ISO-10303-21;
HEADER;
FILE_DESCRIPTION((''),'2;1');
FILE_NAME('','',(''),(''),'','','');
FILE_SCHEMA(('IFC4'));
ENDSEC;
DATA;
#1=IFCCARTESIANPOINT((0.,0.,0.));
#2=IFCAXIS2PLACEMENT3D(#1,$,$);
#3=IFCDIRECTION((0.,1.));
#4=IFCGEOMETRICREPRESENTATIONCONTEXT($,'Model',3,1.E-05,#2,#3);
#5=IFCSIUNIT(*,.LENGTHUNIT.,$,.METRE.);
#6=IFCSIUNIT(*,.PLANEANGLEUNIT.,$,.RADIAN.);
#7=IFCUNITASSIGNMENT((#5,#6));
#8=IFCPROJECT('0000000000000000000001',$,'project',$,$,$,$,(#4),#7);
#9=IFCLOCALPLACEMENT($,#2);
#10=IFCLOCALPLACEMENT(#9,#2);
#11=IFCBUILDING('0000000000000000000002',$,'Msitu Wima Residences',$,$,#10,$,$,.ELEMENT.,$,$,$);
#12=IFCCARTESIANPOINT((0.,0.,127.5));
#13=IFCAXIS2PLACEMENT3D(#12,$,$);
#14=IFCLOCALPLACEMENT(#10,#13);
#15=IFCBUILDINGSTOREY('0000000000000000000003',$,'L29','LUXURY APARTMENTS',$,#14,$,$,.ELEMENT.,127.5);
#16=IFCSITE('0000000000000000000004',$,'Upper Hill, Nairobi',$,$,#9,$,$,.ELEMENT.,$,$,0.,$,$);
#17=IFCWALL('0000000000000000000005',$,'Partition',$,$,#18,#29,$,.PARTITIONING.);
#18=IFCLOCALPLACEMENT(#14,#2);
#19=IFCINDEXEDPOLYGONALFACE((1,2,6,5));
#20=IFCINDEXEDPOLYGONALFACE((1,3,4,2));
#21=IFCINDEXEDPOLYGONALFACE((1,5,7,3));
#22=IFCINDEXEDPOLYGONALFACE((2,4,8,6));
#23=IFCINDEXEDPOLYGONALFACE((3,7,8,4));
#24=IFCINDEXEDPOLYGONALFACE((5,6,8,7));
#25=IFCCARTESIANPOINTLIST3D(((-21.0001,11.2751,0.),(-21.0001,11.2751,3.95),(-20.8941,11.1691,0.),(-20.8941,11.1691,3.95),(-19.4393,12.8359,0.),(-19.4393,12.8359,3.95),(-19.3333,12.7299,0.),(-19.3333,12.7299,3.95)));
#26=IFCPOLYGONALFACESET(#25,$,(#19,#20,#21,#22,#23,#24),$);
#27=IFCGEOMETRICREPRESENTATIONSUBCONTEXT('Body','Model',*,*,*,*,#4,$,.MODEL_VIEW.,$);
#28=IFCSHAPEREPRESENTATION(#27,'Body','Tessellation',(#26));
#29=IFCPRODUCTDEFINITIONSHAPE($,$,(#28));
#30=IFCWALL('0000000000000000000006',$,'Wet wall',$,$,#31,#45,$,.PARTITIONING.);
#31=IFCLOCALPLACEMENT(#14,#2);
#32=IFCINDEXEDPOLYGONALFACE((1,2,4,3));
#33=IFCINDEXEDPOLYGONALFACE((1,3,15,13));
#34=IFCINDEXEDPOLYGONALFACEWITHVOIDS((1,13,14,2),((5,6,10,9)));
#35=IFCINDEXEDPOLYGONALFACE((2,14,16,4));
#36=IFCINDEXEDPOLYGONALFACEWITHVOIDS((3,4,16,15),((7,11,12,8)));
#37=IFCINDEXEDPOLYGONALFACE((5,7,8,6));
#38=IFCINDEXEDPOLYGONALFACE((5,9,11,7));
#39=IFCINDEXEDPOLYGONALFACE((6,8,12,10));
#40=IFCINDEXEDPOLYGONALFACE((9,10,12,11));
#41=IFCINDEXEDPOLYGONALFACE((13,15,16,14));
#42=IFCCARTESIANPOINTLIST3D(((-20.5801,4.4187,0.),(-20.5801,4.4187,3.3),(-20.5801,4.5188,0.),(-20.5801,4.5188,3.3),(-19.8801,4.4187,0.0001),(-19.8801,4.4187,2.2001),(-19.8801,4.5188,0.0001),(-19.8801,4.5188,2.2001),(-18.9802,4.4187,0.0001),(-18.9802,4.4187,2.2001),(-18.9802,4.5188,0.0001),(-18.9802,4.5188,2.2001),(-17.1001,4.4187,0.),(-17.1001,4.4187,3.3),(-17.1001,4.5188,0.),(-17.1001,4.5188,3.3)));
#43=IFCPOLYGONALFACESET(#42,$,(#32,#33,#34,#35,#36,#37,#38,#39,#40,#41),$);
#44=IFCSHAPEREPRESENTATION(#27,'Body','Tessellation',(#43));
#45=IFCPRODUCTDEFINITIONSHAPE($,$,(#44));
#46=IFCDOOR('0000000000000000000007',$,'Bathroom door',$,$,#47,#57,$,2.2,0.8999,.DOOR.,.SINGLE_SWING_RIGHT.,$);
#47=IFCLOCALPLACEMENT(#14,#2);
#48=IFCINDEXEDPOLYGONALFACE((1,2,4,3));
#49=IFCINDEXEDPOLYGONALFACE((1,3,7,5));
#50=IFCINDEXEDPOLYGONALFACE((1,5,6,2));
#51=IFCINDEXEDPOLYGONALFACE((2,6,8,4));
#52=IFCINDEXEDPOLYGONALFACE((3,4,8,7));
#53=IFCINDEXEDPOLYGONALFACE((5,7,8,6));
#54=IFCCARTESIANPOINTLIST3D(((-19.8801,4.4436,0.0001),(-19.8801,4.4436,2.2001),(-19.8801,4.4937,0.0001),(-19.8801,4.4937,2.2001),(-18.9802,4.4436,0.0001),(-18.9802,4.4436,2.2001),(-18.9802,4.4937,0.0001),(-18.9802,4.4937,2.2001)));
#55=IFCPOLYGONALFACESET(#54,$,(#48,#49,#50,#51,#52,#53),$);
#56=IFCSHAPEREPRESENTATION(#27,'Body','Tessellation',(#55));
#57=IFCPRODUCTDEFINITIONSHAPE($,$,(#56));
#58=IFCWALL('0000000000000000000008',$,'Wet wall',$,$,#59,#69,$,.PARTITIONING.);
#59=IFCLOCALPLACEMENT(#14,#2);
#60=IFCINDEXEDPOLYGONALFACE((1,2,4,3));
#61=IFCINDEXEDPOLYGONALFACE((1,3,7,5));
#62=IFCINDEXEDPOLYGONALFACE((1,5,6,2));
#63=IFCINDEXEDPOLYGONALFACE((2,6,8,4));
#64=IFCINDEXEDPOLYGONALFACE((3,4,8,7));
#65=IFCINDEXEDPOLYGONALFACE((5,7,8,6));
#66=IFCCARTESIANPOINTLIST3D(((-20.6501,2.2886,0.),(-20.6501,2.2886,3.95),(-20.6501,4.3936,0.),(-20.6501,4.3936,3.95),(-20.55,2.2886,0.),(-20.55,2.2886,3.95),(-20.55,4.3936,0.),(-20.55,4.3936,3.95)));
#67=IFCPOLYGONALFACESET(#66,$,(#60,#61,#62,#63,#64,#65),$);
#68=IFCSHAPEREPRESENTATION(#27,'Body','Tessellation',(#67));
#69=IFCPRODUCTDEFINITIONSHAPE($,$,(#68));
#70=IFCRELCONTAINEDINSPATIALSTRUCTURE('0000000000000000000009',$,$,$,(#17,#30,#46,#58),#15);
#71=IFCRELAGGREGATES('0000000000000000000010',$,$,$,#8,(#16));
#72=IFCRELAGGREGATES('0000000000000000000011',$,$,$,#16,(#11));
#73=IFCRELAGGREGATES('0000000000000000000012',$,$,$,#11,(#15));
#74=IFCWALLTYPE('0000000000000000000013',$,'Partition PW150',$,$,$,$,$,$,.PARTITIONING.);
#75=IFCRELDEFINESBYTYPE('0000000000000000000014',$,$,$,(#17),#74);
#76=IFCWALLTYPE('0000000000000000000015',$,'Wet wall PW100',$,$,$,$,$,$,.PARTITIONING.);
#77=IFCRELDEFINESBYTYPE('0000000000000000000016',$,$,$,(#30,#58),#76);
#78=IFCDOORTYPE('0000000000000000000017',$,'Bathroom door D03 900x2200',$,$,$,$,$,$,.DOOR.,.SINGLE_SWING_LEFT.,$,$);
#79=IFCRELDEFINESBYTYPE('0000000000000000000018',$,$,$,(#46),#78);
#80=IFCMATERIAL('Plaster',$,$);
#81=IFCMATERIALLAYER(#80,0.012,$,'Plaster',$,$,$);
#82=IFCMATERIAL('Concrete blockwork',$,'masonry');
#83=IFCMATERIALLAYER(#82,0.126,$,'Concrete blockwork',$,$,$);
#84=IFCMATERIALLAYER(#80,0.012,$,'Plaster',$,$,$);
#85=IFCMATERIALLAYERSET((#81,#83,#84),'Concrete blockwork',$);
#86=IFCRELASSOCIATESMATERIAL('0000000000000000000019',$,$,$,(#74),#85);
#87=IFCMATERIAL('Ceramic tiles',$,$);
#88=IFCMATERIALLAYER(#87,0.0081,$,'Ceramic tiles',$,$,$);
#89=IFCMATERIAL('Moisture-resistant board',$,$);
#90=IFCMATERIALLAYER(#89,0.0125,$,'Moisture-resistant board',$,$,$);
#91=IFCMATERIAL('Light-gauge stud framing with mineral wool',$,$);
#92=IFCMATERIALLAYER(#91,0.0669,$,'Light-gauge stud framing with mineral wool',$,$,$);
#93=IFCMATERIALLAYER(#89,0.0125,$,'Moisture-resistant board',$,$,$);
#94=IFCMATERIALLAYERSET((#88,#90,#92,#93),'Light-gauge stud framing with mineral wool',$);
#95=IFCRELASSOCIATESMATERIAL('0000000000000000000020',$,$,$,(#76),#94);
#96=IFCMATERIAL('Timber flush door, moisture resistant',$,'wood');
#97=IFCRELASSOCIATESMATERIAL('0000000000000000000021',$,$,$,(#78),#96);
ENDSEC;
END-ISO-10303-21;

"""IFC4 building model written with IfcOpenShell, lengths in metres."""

from ifc_helpers import new_model, si_unit, direction, frame, frame_2d, origin, place, context, subcontext, project, spatial, rectangle, extrude, material, layer, layer_set, type_object, element, fill, save


model = new_model("IFC4")

# Units and contexts
model_context = context("Model", 3, precision=1e-05, world=origin(), true_north=direction((0.0, 1.0)))
body_context = subcontext(model_context, "Body", "Model", "MODEL_VIEW")
ifc_project = project(units=[si_unit("LENGTHUNIT", "METRE"), si_unit("PLANEANGLEUNIT", "RADIAN")], contexts=[model_context])

# Site, building, storey
site_placement = place(None, origin())
site = spatial("IfcSite", under=ifc_project, at=site_placement, Name="Upper Hill, Nairobi", CompositionType="ELEMENT", RefElevation=0.0)
building_placement = place(site_placement, origin())
building = spatial("IfcBuilding", under=site, at=building_placement, Name="Msitu Wima Residences", CompositionType="ELEMENT")
storey_placement = place(building_placement, frame((0.0, 0.0, 127.5)))
storey = spatial("IfcBuildingStorey", under=building, at=storey_placement, Name="L29", Description="LUXURY APARTMENTS", CompositionType="ELEMENT", Elevation=127.5)

# Shared definitions
ifc_material_1 = material(Name="Plaster")
ifc_layer_1 = layer(ifc_material_1, 0.012, Name="Plaster")
ifc_material_2 = material(Name="Concrete blockwork", Category="masonry")
ifc_layer_2 = layer(ifc_material_2, 0.126, Name="Concrete blockwork")
ifc_layer_3 = layer(ifc_material_1, 0.012, Name="Plaster")
ifc_layer_set_1 = layer_set([ifc_layer_1, ifc_layer_2, ifc_layer_3], Name="Concrete blockwork")
wall_type_1 = type_object("IfcWallType", Name="Partition PW150", PredefinedType="PARTITIONING", material=ifc_layer_set_1)

# Wall
wall_1_placement = place(storey_placement, frame((-20.947, 11.2222, 0.0), z_axis=(0.0, 0.0, 1.0), x_axis=(0.707107, 0.707107, 0.0)))
element("IfcWall", 1, at=wall_1_placement, inside=storey, type_object=wall_type_1, Name="Partition", PredefinedType="PARTITIONING", context=body_context, shape_type="SweptSolid", body=[
    extrude(rectangle(XDim=2.2073, YDim=0.1499, at=frame_2d((1.1035, 0.0))), origin(), (0.0, 0.0, 1.0), 3.95),
])

# Wall, opening, door
ifc_material_3 = material(Name="Ceramic tiles")
ifc_layer_4 = layer(ifc_material_3, 0.0081, Name="Ceramic tiles")
ifc_material_4 = material(Name="Moisture-resistant board")
ifc_layer_5 = layer(ifc_material_4, 0.0125, Name="Moisture-resistant board")
ifc_material_5 = material(Name="Light-gauge stud framing with mineral wool")
ifc_layer_6 = layer(ifc_material_5, 0.0669, Name="Light-gauge stud framing with mineral wool")
ifc_layer_7 = layer(ifc_material_4, 0.0125, Name="Moisture-resistant board")
ifc_layer_set_2 = layer_set([ifc_layer_4, ifc_layer_5, ifc_layer_6, ifc_layer_7], Name="Light-gauge stud framing with mineral wool")
wall_type_2 = type_object("IfcWallType", Name="Wet wall PW100", PredefinedType="PARTITIONING", material=ifc_layer_set_2)
wall_2_placement = place(storey_placement, frame((-20.5801, 4.4688, 0.0), z_axis=(0.0, 0.0, 1.0), x_axis=(1.0, 0.0, 0.0)))
wall_2 = element("IfcWall", 2, at=wall_2_placement, inside=storey, type_object=wall_type_2, Name="Wet wall", PredefinedType="PARTITIONING", context=body_context, shape_type="SweptSolid", body=[
    extrude(rectangle(XDim=3.48, YDim=0.1001, at=frame_2d((1.74, 0.0))), origin(), (0.0, 0.0, 1.0), 3.3),
])
opening_1_placement = place(wall_2_placement, frame((0.7, 0.0, 0.0)))
opening_1 = element("IfcOpeningElement", 3, at=opening_1_placement, cuts=wall_2, PredefinedType="OPENING", context=body_context, shape_type="SweptSolid", body=[
    extrude(rectangle(XDim=0.8999, YDim=2.2, at=frame_2d((0.45, 1.1001))), frame((0.0, 0.0601, 0.0), z_axis=(0.0, -1.0, 0.0), x_axis=(1.0, 0.0, 0.0)), (0.0, 0.0, 1.0), 0.1201),
])
ifc_material_6 = material(Name="Timber flush door, moisture resistant", Category="wood")
door_type_1 = type_object("IfcDoorType", Name="Bathroom door D03 900x2200", OperationType="SINGLE_SWING_LEFT", PredefinedType="DOOR", material=ifc_material_6)
door_1_placement = place(opening_1_placement, origin())
door_1 = element("IfcDoor", 4, at=door_1_placement, inside=storey, type_object=door_type_1, Name="Bathroom door", OperationType="SINGLE_SWING_RIGHT", OverallHeight=2.2, OverallWidth=0.8999, PredefinedType="DOOR", context=body_context, shape_type="SweptSolid", body=[
    extrude(rectangle(XDim=0.8999, YDim=2.2, at=frame_2d((0.45, 1.1001))), frame((0.0, 0.0249, 0.0), z_axis=(0.0, -1.0, 0.0), x_axis=(1.0, 0.0, 0.0)), (0.0, 0.0, 1.0), 0.05),
])
fill(opening_1, door_1)

# Wall
wall_3_placement = place(storey_placement, frame((-20.6001, 2.2886, 0.0), z_axis=(0.0, 0.0, 1.0), x_axis=(0.0, 1.0, 0.0)))
element("IfcWall", 5, at=wall_3_placement, inside=storey, type_object=wall_type_2, Name="Wet wall", PredefinedType="PARTITIONING", context=body_context, shape_type="SweptSolid", body=[
    extrude(rectangle(XDim=2.105, YDim=0.1001, at=frame_2d((1.0525, 0.0))), origin(), (0.0, 0.0, 1.0), 3.95),
])

save(model, "model.ifc")
